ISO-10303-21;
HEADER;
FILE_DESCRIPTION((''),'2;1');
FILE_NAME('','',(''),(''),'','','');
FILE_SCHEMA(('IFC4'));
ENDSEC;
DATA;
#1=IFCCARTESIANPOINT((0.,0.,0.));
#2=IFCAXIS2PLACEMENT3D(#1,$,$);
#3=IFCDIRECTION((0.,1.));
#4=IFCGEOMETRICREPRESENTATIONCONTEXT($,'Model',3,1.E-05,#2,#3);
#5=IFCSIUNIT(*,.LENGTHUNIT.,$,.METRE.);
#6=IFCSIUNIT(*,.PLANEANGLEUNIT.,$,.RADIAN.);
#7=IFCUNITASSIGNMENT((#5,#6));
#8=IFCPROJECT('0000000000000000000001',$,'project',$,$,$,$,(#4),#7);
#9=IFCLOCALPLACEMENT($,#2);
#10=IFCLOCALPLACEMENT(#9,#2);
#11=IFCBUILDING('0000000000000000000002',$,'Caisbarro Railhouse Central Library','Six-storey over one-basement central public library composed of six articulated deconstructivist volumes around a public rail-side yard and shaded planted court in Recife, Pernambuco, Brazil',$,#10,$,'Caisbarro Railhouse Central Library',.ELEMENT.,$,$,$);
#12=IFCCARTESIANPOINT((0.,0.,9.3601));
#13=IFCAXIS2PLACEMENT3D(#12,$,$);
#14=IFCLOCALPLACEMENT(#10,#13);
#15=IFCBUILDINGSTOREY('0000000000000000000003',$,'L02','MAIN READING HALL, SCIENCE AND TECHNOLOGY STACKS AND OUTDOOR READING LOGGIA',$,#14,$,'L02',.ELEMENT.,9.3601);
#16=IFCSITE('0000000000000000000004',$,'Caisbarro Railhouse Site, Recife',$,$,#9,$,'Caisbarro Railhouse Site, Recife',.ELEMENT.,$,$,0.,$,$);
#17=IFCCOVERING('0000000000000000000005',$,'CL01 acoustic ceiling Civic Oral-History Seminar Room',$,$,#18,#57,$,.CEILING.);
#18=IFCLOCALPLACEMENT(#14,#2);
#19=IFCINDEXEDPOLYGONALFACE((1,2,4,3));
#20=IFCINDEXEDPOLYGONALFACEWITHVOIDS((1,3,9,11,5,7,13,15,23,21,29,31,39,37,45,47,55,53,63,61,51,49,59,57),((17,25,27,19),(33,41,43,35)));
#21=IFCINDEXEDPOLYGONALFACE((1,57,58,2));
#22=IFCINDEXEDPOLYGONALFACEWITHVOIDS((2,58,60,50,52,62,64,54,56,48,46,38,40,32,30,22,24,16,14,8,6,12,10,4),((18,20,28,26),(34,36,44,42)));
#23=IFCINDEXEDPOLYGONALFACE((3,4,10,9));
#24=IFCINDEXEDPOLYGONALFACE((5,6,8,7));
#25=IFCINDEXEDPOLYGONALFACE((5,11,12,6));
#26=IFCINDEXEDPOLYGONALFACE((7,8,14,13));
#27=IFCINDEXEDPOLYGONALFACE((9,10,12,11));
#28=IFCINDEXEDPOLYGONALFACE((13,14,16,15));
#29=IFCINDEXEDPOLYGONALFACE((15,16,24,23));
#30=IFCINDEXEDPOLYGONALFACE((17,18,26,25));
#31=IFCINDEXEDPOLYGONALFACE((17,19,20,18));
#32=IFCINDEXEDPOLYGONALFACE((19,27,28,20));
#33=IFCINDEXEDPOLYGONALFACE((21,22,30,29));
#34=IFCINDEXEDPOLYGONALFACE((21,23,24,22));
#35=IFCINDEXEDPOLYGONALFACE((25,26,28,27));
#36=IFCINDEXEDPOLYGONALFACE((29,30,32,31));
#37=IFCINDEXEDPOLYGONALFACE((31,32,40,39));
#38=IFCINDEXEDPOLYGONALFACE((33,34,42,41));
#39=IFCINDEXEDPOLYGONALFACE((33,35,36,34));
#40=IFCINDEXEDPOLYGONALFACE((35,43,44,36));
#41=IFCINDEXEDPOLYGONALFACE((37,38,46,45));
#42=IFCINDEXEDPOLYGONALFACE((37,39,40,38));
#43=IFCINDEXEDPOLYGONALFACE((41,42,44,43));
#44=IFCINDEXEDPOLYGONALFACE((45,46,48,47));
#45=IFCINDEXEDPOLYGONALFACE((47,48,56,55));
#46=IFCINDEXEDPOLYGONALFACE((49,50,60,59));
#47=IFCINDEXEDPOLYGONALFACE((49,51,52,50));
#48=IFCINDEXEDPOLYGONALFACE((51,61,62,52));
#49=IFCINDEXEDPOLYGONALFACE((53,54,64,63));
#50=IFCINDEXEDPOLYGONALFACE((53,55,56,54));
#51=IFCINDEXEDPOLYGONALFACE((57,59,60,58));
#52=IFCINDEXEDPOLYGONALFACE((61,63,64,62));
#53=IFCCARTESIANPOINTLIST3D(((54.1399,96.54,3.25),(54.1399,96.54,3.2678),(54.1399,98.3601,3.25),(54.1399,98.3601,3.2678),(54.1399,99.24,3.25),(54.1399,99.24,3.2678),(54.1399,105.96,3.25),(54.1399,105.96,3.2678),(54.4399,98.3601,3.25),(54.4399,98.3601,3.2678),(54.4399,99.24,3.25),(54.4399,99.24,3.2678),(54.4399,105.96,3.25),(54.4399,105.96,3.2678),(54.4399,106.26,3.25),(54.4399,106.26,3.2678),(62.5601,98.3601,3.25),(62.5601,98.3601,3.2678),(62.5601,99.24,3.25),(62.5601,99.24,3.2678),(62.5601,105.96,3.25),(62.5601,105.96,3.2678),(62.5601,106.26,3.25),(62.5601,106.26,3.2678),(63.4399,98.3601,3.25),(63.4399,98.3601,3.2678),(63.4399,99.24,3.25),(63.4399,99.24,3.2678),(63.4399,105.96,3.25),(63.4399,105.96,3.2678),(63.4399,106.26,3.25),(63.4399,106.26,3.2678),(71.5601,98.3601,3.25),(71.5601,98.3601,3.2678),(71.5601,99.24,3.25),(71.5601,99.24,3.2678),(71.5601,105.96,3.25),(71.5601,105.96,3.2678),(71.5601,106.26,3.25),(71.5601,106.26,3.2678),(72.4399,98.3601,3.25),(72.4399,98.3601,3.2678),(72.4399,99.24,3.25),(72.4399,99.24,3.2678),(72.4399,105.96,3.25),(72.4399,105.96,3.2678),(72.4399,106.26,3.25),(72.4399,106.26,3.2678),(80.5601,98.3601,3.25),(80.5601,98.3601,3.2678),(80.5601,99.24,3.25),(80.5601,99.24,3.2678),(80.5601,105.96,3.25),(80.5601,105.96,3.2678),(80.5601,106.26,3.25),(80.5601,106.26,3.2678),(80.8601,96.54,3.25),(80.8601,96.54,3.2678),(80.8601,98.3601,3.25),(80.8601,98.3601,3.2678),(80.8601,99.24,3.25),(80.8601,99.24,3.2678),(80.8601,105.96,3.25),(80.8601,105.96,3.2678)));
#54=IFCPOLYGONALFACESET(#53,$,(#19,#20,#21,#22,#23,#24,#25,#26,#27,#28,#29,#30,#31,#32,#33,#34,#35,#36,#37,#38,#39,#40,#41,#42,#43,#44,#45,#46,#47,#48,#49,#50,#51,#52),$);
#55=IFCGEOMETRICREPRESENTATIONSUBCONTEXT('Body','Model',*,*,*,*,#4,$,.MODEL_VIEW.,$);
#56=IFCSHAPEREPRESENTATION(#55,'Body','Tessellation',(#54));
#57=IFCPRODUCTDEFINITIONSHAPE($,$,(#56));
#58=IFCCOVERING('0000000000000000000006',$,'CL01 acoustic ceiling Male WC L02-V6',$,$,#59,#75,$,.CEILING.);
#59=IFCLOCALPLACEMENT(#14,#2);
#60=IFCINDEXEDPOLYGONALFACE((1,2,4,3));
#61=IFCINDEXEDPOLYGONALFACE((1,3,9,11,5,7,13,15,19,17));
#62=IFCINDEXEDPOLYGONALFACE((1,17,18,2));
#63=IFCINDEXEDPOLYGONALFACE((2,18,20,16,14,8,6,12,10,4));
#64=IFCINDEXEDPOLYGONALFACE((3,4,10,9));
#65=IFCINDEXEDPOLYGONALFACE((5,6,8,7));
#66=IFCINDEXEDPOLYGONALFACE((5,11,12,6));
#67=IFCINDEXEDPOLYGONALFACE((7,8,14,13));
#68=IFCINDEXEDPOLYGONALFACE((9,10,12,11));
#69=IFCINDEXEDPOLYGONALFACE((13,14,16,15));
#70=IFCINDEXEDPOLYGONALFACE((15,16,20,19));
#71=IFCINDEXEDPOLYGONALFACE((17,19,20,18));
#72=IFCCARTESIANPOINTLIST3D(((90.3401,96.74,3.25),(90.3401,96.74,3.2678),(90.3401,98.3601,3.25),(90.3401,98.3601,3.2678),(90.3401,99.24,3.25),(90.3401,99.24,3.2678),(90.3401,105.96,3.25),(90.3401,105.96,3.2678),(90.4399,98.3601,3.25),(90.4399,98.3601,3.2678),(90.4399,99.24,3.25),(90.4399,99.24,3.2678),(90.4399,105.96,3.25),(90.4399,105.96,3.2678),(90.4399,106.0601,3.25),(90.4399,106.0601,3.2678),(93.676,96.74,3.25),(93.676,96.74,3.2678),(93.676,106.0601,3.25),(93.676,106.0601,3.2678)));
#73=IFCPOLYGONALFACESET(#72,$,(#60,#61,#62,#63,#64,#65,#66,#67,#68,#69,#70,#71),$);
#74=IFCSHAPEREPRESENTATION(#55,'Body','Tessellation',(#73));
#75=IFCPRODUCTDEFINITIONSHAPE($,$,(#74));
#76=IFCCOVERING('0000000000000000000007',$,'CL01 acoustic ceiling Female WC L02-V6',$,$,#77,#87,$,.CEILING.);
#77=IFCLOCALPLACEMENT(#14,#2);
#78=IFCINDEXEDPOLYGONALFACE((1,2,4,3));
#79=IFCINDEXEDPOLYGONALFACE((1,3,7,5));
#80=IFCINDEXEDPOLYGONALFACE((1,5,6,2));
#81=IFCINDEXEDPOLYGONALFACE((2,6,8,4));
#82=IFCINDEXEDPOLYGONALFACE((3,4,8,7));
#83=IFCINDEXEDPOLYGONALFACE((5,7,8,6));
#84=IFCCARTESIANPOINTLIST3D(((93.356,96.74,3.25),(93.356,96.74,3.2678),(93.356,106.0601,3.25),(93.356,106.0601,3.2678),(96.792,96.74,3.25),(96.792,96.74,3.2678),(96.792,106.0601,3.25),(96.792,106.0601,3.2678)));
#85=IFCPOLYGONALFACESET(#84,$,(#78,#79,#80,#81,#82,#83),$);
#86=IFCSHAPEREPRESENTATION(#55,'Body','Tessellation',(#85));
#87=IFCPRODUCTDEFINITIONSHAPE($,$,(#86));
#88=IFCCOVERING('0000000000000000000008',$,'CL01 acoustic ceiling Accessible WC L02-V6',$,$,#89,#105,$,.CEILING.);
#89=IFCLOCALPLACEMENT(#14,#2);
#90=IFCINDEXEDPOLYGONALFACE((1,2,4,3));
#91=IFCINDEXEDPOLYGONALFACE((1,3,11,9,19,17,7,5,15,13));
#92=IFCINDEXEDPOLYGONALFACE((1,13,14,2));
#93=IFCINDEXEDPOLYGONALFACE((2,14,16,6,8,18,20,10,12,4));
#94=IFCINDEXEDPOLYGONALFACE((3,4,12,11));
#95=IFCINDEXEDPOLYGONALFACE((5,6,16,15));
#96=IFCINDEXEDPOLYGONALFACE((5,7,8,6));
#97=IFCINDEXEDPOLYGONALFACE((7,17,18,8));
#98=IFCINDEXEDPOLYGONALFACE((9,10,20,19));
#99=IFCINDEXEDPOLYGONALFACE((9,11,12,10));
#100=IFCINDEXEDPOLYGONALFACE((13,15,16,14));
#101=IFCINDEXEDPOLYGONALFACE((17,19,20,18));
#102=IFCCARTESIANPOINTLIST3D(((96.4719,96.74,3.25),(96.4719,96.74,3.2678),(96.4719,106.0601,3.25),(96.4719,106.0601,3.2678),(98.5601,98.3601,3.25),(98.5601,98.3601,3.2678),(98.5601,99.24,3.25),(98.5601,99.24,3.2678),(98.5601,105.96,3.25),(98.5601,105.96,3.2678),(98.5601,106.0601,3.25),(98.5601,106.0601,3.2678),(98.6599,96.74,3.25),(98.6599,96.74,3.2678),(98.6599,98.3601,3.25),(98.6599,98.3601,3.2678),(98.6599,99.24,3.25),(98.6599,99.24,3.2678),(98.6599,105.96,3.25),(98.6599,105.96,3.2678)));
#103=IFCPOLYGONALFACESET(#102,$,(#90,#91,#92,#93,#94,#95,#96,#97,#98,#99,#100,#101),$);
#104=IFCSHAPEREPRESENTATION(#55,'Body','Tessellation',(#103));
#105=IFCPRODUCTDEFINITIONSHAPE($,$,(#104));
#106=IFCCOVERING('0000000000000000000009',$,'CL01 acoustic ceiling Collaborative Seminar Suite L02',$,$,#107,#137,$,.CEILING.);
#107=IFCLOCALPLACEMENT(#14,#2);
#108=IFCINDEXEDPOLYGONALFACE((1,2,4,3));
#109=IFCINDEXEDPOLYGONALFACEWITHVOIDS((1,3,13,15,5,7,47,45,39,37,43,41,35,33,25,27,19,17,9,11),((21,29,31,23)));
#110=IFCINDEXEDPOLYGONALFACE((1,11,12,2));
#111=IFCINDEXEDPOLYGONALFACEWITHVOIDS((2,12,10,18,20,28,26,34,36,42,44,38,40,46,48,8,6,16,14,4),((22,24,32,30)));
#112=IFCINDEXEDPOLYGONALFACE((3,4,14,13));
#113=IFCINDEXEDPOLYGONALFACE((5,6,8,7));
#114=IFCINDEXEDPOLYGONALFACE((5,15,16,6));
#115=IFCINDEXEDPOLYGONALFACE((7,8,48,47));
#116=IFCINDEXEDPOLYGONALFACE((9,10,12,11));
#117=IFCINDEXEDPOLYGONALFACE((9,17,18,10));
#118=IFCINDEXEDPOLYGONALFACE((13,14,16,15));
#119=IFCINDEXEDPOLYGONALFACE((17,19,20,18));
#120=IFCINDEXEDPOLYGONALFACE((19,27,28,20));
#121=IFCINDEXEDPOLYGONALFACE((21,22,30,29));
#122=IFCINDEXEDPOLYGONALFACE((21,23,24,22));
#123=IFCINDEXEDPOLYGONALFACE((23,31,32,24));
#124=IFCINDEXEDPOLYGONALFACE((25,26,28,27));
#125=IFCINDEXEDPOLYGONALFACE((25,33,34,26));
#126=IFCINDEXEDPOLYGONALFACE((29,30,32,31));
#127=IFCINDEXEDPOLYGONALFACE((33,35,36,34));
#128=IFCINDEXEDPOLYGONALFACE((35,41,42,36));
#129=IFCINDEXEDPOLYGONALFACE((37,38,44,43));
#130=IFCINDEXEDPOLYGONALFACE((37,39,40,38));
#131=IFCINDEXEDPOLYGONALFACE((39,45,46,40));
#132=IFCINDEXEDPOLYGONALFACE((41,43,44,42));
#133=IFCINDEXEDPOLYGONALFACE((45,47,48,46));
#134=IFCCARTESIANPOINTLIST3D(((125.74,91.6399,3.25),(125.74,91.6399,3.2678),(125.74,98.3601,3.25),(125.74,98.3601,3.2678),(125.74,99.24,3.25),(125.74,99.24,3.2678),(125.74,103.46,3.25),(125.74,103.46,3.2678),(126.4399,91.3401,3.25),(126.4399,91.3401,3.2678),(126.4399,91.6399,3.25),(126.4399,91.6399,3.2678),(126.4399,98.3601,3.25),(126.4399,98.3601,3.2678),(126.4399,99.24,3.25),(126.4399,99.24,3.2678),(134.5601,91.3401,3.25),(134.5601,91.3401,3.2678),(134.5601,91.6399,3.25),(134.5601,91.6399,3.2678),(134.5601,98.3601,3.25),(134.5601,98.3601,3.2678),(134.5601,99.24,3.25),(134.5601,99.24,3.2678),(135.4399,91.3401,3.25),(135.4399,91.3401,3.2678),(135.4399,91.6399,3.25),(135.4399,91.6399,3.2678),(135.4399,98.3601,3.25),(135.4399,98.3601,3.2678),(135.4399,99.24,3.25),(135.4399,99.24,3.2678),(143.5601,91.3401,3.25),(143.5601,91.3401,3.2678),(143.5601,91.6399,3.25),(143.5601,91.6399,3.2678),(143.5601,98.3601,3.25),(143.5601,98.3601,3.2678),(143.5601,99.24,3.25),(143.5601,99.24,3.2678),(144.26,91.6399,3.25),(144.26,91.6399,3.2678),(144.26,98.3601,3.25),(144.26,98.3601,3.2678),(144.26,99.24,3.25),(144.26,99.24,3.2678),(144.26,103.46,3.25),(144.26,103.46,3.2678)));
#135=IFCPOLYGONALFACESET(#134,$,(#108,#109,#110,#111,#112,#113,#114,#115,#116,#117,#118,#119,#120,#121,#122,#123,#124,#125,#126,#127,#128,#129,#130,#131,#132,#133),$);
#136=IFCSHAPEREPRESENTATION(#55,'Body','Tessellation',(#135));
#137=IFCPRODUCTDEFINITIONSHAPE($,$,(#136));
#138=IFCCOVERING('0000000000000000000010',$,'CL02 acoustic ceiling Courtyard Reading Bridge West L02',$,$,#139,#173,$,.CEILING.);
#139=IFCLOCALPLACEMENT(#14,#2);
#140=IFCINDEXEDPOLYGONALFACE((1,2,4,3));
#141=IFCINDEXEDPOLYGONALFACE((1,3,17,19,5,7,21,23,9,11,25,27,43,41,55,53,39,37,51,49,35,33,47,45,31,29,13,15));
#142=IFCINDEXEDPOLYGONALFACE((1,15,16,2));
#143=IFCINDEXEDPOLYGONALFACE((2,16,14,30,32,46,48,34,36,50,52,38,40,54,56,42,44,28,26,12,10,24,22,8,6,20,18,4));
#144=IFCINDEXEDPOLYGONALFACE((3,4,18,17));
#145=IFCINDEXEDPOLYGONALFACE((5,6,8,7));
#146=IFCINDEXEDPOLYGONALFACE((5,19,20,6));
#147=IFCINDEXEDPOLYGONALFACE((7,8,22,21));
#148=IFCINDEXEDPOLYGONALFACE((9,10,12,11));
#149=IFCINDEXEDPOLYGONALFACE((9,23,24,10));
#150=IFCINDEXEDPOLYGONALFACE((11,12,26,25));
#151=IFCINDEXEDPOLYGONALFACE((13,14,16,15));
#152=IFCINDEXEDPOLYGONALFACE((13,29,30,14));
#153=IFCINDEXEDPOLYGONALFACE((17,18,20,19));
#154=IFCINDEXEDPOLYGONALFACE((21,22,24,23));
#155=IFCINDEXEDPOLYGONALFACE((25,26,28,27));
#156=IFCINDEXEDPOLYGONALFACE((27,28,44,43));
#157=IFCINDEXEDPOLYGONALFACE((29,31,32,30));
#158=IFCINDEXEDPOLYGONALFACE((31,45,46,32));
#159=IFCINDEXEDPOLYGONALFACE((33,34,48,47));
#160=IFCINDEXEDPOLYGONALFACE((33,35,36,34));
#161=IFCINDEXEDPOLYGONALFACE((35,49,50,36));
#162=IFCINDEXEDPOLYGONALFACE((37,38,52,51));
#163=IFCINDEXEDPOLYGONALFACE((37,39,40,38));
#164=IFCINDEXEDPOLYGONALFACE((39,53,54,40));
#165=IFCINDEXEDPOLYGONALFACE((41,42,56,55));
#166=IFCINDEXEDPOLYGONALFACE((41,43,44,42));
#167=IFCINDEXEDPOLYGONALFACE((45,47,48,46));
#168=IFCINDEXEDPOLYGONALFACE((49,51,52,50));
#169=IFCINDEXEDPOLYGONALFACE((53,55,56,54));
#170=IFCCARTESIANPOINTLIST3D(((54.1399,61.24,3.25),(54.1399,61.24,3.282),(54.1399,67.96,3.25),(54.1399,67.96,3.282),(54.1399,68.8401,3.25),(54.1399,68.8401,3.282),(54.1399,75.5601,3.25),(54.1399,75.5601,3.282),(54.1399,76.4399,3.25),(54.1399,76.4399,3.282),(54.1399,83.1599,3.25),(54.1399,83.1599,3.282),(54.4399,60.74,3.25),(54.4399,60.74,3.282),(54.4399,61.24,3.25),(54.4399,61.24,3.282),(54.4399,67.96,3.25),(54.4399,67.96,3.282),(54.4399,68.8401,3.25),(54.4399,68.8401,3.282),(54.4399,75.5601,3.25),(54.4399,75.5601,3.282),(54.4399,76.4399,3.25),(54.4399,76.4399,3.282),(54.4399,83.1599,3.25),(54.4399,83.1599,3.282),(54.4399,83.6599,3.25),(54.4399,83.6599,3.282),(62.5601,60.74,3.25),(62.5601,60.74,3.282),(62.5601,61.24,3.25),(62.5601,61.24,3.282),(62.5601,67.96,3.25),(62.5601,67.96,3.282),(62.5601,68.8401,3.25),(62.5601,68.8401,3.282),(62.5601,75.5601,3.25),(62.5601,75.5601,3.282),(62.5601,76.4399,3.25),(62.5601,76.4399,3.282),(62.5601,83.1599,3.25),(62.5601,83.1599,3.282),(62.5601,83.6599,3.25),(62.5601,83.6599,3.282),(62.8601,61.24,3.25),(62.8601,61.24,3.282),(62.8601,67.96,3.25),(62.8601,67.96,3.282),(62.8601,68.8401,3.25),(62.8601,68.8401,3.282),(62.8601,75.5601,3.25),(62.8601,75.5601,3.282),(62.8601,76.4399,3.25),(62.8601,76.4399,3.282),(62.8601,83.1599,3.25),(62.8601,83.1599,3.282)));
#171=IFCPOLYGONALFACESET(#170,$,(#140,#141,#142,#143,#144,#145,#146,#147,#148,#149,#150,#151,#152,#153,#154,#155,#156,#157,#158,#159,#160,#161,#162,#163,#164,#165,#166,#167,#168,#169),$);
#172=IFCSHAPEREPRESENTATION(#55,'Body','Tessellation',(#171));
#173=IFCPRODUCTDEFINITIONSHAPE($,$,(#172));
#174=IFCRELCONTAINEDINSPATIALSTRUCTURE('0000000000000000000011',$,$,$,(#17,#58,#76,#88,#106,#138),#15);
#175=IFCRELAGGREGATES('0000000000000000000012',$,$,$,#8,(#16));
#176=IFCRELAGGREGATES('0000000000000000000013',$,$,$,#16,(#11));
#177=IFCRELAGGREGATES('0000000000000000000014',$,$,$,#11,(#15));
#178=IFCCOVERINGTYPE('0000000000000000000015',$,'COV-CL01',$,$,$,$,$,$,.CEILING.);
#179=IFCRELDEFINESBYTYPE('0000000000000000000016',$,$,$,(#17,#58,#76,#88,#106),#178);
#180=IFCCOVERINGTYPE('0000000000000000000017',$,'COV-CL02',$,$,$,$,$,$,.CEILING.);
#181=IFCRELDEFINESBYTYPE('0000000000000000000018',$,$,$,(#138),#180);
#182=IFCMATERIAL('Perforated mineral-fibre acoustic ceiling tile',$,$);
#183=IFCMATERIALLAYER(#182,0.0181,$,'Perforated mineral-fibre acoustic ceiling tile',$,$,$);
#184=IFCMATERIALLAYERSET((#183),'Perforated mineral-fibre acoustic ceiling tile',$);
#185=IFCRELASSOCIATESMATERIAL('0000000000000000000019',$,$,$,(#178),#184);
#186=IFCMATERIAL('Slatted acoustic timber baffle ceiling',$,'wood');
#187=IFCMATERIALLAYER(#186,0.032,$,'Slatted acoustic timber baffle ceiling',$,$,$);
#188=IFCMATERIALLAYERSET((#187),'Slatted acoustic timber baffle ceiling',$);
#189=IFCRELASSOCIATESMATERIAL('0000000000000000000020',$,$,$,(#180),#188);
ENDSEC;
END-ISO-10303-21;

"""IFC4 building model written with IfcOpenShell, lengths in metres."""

from ifc_helpers import new_model, si_unit, direction, frame, origin, place, context, subcontext, project, spatial, polyline, outline, extrude, material, layer, layer_set, type_object, element, save


model = new_model("IFC4")

# Units and contexts
model_context = context("Model", 3, precision=1e-05, world=origin(), true_north=direction((0.0, 1.0)))
body_context = subcontext(model_context, "Body", "Model", "MODEL_VIEW")
ifc_project = project(units=[si_unit("LENGTHUNIT", "METRE"), si_unit("PLANEANGLEUNIT", "RADIAN")], contexts=[model_context])

# Site, building, storey
site_placement = place(None, origin())
site = spatial("IfcSite", under=ifc_project, at=site_placement, Name="Caisbarro Railhouse Site, Recife", LongName="Caisbarro Railhouse Site, Recife", CompositionType="ELEMENT", RefElevation=0.0)
building_placement = place(site_placement, origin())
building = spatial("IfcBuilding", under=site, at=building_placement, Name="Caisbarro Railhouse Central Library", Description="Six-storey over one-basement central public library composed of six articulated deconstructivist volumes around a public rail-side yard and shaded planted court in Recife, Pernambuco, Brazil", LongName="Caisbarro Railhouse Central Library", CompositionType="ELEMENT")
storey_placement = place(building_placement, frame((0.0, 0.0, 9.3601)))
storey = spatial("IfcBuildingStorey", under=building, at=storey_placement, Name="L02", Description="MAIN READING HALL, SCIENCE AND TECHNOLOGY STACKS AND OUTDOOR READING LOGGIA", LongName="L02", CompositionType="ELEMENT", Elevation=9.3601)

# Coverings
ifc_material_1 = material(Name="Perforated mineral-fibre acoustic ceiling tile")
ifc_layer_1 = layer(ifc_material_1, 0.0181, Name="Perforated mineral-fibre acoustic ceiling tile")
ifc_layer_set_1 = layer_set([ifc_layer_1], Name="Perforated mineral-fibre acoustic ceiling tile")
covering_type_1 = type_object("IfcCoveringType", Name="COV-CL01", PredefinedType="CEILING", material=ifc_layer_set_1)
covering_1_placement = place(storey_placement, frame((0.0, 0.0, 3.25)))
element("IfcCovering", 1, at=covering_1_placement, inside=storey, type_object=covering_type_1, Name="CL01 acoustic ceiling Civic Oral-History Seminar Room", PredefinedType="CEILING", context=body_context, shape_type="SweptSolid", body=[
    extrude(outline(polyline([(62.5601, 106.26), (62.5601, 105.96), (63.4399, 105.96), (63.4399, 106.26), (71.5601, 106.26), (71.5601, 105.96), (72.4399, 105.96), (72.4399, 106.26), (80.5601, 106.26), (80.5601, 105.96), (80.8601, 105.96), (80.8601, 99.24), (80.5601, 99.24), (80.5601, 98.3601), (80.8601, 98.3601), (80.8601, 96.54), (54.1399, 96.54), (54.1399, 98.3601), (54.4399, 98.3601), (54.4399, 99.24), (54.1399, 99.24), (54.1399, 105.96), (54.4399, 105.96), (54.4399, 106.26), (62.5601, 106.26)]), holes=[polyline([(62.5601, 99.24), (62.5601, 98.3601), (63.4399, 98.3601), (63.4399, 99.24), (62.5601, 99.24)]), polyline([(72.4399, 98.3601), (72.4399, 99.24), (71.5601, 99.24), (71.5601, 98.3601), (72.4399, 98.3601)])]), origin(), (0.0, 0.0, 1.0), 0.0178),
])
covering_2_placement = place(storey_placement, frame((0.0, 0.0, 3.25)))
element("IfcCovering", 2, at=covering_2_placement, inside=storey, type_object=covering_type_1, Name="CL01 acoustic ceiling Male WC L02-V6", PredefinedType="CEILING", context=body_context, shape_type="SweptSolid", body=[
    extrude(outline(polyline([(90.4399, 98.3601), (90.4399, 99.24), (90.3401, 99.24), (90.3401, 105.96), (90.4399, 105.96), (90.4399, 106.0601), (93.676, 106.0601), (93.676, 96.74), (90.3401, 96.74), (90.3401, 98.3601), (90.4399, 98.3601)])), origin(), (0.0, 0.0, 1.0), 0.0178),
])
covering_3_placement = place(storey_placement, frame((0.0, 0.0, 3.25)))
element("IfcCovering", 3, at=covering_3_placement, inside=storey, type_object=covering_type_1, Name="CL01 acoustic ceiling Female WC L02-V6", PredefinedType="CEILING", context=body_context, shape_type="SweptSolid", body=[
    extrude(outline(polyline([(93.356, 96.74), (93.356, 106.0601), (96.792, 106.0601), (96.792, 96.74), (93.356, 96.74)])), origin(), (0.0, 0.0, 1.0), 0.0178),
])
covering_4_placement = place(storey_placement, frame((0.0, 0.0, 3.25)))
element("IfcCovering", 4, at=covering_4_placement, inside=storey, type_object=covering_type_1, Name="CL01 acoustic ceiling Accessible WC L02-V6", PredefinedType="CEILING", context=body_context, shape_type="SweptSolid", body=[
    extrude(outline(polyline([(98.5601, 106.0601), (98.5601, 105.96), (98.6599, 105.96), (98.6599, 99.24), (98.5601, 99.24), (98.5601, 98.3601), (98.6599, 98.3601), (98.6599, 96.74), (96.4719, 96.74), (96.4719, 106.0601), (98.5601, 106.0601)])), origin(), (0.0, 0.0, 1.0), 0.0178),
])
covering_5_placement = place(storey_placement, frame((0.0, 0.0, 3.25)))
element("IfcCovering", 5, at=covering_5_placement, inside=storey, type_object=covering_type_1, Name="CL01 acoustic ceiling Collaborative Seminar Suite L02", PredefinedType="CEILING", context=body_context, shape_type="SweptSolid", body=[
    extrude(outline(polyline([(134.5601, 91.6399), (134.5601, 91.3401), (126.4399, 91.3401), (126.4399, 91.6399), (125.74, 91.6399), (125.74, 98.3601), (126.4399, 98.3601), (126.4399, 99.24), (125.74, 99.24), (125.74, 103.46), (144.26, 103.46), (144.26, 99.24), (143.5601, 99.24), (143.5601, 98.3601), (144.26, 98.3601), (144.26, 91.6399), (143.5601, 91.6399), (143.5601, 91.3401), (135.4399, 91.3401), (135.4399, 91.6399), (134.5601, 91.6399)]), holes=[polyline([(134.5601, 98.3601), (135.4399, 98.3601), (135.4399, 99.24), (134.5601, 99.24), (134.5601, 98.3601)])]), origin(), (0.0, 0.0, 1.0), 0.0178),
])
ifc_material_2 = material(Name="Slatted acoustic timber baffle ceiling", Category="wood")
ifc_layer_2 = layer(ifc_material_2, 0.032, Name="Slatted acoustic timber baffle ceiling")
ifc_layer_set_2 = layer_set([ifc_layer_2], Name="Slatted acoustic timber baffle ceiling")
covering_type_2 = type_object("IfcCoveringType", Name="COV-CL02", PredefinedType="CEILING", material=ifc_layer_set_2)
covering_6_placement = place(storey_placement, frame((0.0, 0.0, 3.25)))
element("IfcCovering", 6, at=covering_6_placement, inside=storey, type_object=covering_type_2, Name="CL02 acoustic ceiling Courtyard Reading Bridge West L02", PredefinedType="CEILING", context=body_context, shape_type="SweptSolid", body=[
    extrude(outline(polyline([(54.4399, 67.96), (54.4399, 68.8401), (54.1399, 68.8401), (54.1399, 75.5601), (54.4399, 75.5601), (54.4399, 76.4399), (54.1399, 76.4399), (54.1399, 83.1599), (54.4399, 83.1599), (54.4399, 83.6599), (62.5601, 83.6599), (62.5601, 83.1599), (62.8601, 83.1599), (62.8601, 76.4399), (62.5601, 76.4399), (62.5601, 75.5601), (62.8601, 75.5601), (62.8601, 68.8401), (62.5601, 68.8401), (62.5601, 67.96), (62.8601, 67.96), (62.8601, 61.24), (62.5601, 61.24), (62.5601, 60.74), (54.4399, 60.74), (54.4399, 61.24), (54.1399, 61.24), (54.1399, 67.96), (54.4399, 67.96)])), origin(), (0.0, 0.0, 1.0), 0.032),
])

save(model, "model.ifc")
